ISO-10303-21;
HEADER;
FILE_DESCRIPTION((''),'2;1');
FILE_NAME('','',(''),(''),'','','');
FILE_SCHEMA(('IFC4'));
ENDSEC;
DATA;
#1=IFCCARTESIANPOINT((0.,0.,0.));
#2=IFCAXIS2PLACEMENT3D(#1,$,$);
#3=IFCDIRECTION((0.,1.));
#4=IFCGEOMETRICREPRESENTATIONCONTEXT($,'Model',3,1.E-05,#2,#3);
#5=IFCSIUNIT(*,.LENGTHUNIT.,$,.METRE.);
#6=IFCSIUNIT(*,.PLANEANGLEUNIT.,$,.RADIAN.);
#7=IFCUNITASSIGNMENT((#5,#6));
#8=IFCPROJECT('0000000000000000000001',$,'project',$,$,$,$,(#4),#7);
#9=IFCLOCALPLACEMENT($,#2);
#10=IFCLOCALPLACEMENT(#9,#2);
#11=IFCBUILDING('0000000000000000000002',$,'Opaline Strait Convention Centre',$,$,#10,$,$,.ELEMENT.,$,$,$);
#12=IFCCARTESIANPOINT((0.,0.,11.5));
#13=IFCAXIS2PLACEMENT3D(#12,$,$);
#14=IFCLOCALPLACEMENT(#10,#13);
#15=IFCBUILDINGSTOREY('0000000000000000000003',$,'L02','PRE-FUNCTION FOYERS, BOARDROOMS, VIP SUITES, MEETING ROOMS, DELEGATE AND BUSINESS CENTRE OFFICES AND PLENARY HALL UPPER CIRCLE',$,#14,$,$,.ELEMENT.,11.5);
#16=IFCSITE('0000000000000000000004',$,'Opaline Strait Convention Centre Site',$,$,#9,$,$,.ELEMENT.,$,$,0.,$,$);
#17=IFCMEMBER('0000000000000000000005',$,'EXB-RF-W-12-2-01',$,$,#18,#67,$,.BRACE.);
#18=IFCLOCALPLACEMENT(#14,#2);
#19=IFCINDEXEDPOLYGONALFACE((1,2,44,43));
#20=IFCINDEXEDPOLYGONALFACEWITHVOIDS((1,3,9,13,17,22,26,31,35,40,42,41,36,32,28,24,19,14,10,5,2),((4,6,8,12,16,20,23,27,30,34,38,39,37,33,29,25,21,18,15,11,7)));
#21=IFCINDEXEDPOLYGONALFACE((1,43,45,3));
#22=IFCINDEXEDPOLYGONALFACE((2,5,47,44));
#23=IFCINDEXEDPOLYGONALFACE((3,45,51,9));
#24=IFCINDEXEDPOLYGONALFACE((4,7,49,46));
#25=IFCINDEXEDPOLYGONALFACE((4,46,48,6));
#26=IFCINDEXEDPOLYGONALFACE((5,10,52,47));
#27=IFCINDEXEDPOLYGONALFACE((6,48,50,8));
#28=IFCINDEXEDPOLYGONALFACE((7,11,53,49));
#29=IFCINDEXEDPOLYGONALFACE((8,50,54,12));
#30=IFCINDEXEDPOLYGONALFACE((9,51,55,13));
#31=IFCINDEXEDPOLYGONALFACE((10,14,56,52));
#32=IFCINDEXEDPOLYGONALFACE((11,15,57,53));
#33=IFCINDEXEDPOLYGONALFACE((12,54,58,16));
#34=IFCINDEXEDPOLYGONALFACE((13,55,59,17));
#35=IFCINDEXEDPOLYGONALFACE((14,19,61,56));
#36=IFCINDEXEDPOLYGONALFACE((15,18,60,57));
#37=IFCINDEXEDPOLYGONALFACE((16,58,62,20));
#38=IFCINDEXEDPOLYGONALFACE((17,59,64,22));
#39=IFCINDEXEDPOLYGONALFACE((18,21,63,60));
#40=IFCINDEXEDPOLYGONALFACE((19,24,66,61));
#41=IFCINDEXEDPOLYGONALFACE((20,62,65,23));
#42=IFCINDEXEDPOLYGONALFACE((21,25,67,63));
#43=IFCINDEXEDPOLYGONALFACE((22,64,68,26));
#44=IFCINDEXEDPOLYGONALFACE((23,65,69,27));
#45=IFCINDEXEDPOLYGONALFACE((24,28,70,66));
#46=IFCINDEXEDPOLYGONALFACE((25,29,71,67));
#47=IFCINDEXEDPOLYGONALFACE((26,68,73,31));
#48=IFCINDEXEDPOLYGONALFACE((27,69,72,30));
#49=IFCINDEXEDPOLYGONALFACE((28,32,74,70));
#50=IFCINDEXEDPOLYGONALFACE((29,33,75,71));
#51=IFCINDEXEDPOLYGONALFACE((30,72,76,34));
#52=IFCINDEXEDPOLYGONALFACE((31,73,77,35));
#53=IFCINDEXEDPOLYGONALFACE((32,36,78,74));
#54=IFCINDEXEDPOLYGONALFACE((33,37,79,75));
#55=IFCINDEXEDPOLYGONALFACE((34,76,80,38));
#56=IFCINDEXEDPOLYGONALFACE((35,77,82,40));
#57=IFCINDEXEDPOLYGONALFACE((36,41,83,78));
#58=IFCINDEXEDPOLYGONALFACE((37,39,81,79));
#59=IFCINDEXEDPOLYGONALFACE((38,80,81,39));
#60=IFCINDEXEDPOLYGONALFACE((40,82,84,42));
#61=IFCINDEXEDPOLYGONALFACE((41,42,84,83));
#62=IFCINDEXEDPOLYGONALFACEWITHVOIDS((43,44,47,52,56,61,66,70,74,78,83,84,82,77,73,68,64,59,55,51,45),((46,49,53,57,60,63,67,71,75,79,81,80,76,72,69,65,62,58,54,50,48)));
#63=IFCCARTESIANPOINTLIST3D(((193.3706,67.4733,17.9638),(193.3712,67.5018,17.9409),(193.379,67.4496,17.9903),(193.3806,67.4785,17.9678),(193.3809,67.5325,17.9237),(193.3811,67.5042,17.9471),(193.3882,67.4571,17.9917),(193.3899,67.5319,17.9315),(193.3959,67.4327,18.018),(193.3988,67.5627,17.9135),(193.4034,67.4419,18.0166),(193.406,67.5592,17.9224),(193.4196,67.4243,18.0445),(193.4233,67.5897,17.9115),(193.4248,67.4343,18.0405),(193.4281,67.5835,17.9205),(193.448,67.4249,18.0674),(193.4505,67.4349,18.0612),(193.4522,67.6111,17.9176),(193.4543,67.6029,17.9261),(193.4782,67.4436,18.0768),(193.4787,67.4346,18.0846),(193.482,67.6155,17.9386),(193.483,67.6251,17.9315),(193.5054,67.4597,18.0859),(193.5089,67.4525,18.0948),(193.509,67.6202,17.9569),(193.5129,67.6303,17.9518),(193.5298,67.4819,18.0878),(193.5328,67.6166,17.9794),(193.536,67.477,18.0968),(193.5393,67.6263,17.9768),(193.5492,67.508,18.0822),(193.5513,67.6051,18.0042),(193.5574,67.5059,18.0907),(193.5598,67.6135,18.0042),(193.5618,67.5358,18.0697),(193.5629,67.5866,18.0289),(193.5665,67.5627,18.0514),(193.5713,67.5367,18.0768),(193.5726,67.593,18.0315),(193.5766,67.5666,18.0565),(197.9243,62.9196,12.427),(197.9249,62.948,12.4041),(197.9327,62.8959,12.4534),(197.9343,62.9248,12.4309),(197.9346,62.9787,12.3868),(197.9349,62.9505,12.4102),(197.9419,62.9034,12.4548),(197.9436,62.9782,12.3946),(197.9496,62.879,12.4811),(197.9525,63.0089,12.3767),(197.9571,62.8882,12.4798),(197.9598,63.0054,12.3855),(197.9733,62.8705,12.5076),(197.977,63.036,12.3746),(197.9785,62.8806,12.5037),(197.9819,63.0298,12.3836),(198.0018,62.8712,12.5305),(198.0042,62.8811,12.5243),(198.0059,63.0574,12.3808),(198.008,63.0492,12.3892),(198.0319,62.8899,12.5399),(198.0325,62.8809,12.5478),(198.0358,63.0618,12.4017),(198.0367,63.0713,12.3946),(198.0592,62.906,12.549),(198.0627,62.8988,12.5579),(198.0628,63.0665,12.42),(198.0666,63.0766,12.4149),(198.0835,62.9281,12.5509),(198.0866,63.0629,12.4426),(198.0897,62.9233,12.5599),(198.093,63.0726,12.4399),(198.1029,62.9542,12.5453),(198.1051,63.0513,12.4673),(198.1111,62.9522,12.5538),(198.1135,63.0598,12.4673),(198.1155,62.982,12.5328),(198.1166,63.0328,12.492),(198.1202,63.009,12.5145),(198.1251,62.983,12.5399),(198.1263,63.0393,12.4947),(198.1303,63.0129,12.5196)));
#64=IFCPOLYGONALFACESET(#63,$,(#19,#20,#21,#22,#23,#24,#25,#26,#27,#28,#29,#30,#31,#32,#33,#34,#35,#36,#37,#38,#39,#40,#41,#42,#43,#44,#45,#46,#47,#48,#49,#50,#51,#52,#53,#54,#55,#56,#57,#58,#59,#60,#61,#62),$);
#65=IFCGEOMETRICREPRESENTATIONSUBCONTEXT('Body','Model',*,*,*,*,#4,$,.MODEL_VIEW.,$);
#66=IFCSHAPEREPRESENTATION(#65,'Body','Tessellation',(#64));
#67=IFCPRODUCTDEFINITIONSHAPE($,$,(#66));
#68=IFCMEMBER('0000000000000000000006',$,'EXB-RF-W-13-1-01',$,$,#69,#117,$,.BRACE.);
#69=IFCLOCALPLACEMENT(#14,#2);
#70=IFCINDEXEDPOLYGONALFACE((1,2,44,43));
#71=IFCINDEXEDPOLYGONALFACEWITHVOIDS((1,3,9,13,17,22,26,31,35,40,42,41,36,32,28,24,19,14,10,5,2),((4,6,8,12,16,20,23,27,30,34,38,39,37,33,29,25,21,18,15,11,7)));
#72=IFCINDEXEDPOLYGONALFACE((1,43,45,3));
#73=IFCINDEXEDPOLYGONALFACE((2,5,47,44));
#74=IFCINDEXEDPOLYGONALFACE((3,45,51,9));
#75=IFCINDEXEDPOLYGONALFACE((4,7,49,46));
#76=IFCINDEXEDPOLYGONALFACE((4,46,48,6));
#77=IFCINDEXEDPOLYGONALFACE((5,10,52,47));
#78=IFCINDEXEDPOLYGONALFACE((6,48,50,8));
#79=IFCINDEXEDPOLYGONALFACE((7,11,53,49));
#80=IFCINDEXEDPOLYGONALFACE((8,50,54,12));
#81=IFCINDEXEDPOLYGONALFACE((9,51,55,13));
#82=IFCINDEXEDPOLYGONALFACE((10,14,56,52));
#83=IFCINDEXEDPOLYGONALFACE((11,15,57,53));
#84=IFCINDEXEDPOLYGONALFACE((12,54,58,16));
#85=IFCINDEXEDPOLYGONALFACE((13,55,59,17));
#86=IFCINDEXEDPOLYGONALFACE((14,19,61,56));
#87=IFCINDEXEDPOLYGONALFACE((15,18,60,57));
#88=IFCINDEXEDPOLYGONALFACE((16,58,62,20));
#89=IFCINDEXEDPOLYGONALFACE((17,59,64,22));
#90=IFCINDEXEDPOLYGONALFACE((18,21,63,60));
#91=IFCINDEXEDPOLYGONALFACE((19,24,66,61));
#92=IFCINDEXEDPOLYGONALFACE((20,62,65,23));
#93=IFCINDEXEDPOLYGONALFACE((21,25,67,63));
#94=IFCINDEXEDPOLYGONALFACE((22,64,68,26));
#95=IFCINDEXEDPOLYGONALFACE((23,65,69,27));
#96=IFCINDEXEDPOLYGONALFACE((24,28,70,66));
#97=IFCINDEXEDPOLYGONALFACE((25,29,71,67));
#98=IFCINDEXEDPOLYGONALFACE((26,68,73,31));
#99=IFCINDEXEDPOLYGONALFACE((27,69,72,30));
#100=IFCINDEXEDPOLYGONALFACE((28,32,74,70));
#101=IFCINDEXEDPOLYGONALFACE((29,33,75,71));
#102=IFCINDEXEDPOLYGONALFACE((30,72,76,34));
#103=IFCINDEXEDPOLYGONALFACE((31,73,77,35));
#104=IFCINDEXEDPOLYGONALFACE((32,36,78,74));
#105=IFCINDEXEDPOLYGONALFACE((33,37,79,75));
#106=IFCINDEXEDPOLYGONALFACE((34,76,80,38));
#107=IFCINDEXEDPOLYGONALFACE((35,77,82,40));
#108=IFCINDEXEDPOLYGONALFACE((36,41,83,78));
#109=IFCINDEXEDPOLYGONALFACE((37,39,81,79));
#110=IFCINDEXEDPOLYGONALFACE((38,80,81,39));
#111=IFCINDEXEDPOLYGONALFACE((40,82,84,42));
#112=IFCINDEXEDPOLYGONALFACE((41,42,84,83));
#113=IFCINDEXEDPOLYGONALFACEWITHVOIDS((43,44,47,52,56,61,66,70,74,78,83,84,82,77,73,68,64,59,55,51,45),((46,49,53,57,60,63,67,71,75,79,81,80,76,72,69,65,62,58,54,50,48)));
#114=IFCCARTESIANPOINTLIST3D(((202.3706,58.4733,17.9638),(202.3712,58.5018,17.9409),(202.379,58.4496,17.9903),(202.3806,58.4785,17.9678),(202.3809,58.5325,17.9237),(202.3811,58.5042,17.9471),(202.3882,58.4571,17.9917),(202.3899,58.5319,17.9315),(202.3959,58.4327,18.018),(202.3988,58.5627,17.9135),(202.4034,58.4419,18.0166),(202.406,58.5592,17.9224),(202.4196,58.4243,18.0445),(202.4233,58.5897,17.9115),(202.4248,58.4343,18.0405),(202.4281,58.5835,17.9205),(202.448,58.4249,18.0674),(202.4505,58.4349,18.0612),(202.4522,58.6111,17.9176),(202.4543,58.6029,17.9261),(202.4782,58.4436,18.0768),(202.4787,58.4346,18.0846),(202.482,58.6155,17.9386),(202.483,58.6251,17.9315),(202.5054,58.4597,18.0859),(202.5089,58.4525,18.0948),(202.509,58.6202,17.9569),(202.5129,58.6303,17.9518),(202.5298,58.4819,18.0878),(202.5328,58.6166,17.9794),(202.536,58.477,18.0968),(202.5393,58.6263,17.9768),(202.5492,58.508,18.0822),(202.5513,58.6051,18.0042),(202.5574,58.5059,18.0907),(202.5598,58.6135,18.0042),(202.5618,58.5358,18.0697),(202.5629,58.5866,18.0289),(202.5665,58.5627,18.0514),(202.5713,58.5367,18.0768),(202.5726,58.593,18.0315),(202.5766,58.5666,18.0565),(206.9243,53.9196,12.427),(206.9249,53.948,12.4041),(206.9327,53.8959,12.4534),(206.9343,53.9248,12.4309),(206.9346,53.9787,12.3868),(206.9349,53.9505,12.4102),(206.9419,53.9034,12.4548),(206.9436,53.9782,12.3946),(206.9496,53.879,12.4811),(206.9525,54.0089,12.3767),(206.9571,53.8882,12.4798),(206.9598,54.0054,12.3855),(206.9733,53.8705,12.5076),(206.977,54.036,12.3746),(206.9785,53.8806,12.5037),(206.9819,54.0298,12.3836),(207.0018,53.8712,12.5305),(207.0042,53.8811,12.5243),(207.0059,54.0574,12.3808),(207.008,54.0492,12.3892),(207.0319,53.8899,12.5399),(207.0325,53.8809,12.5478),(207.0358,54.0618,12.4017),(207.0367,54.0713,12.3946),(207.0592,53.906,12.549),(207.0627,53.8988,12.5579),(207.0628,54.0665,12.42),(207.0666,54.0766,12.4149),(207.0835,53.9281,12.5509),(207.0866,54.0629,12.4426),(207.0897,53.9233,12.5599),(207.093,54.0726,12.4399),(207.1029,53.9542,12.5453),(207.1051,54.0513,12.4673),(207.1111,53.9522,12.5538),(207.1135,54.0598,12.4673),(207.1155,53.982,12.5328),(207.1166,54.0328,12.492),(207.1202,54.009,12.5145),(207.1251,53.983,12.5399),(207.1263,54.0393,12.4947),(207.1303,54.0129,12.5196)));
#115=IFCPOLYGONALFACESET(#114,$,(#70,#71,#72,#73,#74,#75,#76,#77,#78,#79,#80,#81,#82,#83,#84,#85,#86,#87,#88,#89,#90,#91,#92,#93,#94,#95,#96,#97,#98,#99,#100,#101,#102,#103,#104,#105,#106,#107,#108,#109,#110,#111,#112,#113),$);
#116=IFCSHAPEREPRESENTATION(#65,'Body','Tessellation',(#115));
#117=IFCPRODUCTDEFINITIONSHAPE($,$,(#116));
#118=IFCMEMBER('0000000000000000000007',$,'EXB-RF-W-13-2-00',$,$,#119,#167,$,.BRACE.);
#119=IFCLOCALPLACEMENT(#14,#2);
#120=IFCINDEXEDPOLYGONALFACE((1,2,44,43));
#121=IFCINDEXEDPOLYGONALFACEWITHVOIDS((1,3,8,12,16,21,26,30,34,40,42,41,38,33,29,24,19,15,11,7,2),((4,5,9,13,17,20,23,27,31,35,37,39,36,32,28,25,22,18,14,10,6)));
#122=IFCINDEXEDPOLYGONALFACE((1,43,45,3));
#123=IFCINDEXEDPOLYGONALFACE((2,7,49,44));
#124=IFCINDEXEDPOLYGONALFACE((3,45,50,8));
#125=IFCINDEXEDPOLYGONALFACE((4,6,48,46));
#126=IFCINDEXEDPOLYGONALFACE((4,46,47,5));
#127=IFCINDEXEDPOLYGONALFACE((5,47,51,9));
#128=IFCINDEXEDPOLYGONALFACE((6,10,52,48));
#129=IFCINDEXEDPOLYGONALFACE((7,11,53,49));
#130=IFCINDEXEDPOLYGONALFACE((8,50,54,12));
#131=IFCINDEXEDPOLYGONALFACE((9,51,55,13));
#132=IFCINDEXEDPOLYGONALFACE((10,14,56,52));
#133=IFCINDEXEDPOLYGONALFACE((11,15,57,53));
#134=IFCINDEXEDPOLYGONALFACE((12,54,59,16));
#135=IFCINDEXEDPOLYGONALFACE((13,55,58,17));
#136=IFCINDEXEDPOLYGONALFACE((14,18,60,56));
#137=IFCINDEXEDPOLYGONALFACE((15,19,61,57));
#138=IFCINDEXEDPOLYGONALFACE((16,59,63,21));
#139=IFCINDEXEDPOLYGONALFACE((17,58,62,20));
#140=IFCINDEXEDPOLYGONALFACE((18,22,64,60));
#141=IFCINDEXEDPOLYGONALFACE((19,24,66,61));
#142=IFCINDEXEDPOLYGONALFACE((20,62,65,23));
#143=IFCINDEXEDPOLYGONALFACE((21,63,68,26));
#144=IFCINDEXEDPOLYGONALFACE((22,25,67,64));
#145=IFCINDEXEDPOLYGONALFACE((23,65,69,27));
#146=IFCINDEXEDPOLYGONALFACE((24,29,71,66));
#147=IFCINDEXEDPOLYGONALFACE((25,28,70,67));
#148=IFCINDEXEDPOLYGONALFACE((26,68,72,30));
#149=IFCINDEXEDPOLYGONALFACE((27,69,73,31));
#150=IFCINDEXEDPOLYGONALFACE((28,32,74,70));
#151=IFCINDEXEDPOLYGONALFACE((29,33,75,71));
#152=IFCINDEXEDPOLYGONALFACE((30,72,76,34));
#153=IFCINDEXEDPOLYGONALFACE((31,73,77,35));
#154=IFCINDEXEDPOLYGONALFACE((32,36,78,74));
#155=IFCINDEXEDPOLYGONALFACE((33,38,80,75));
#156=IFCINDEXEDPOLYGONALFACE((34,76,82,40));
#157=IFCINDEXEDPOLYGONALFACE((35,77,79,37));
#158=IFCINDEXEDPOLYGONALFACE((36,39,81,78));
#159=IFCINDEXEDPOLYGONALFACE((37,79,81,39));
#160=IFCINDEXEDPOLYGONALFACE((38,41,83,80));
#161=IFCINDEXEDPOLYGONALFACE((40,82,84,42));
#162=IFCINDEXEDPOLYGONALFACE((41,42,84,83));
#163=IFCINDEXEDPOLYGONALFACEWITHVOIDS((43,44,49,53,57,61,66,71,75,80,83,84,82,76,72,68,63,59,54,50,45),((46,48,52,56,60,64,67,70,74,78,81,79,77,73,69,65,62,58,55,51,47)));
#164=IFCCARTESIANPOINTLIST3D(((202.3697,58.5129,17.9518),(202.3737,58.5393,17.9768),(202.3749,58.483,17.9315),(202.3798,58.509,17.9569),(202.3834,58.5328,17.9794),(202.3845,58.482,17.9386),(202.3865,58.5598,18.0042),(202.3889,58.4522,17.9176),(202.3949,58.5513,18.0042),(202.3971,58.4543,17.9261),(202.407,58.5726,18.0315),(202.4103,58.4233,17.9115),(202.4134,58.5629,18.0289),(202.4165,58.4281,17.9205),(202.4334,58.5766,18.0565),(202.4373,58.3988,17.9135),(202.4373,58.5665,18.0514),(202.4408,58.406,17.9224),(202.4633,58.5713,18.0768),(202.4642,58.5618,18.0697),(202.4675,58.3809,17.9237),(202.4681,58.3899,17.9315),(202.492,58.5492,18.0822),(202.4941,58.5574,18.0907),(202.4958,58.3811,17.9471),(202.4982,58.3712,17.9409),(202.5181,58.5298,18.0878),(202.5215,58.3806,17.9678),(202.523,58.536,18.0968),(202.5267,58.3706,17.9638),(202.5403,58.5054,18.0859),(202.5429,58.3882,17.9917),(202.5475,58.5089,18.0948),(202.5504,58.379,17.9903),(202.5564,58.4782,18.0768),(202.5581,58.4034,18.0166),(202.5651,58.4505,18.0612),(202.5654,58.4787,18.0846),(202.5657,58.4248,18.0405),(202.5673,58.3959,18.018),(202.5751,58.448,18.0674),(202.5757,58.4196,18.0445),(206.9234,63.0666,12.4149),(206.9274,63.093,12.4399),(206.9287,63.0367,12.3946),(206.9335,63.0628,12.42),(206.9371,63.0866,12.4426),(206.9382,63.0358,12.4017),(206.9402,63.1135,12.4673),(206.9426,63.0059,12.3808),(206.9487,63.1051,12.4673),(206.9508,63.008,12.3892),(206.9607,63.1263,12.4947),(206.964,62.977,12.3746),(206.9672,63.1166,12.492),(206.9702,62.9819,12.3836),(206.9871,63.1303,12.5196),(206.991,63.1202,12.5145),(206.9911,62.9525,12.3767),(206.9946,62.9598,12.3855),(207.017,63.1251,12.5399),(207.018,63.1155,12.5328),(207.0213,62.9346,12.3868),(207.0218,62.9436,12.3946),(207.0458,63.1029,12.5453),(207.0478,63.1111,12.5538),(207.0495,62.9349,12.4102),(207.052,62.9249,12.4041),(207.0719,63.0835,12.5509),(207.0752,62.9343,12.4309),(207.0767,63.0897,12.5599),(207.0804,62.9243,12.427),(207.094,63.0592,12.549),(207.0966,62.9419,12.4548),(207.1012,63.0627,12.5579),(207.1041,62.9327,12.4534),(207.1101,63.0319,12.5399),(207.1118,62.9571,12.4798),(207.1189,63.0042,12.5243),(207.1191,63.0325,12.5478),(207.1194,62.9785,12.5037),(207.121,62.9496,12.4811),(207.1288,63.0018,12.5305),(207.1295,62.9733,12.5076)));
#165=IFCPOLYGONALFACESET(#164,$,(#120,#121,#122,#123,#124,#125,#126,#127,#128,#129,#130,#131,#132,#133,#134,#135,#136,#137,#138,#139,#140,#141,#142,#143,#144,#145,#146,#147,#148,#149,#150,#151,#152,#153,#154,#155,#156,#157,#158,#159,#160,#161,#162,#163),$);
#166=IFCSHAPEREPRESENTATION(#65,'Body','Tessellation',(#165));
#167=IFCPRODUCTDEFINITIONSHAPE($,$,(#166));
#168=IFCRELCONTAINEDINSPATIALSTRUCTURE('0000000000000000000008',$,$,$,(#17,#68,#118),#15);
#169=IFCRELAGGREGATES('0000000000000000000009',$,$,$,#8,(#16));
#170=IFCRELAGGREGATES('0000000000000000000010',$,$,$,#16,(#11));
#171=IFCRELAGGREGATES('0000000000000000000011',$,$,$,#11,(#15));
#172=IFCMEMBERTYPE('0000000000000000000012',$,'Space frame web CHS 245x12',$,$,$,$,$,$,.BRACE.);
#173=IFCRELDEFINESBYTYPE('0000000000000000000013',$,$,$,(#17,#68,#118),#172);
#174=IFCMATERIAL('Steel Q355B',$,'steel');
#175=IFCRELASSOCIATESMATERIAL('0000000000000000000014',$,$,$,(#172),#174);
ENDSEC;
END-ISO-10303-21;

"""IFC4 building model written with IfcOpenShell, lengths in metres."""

from ifc_helpers import new_model, si_unit, direction, frame, origin, origin_2d, place, context, subcontext, project, spatial, hollow_circle, extrude, material, material_profile, profile_set, type_object, element, save


model = new_model("IFC4")

# Units and contexts
model_context = context("Model", 3, precision=1e-05, world=origin(), true_north=direction((0.0, 1.0)))
body_context = subcontext(model_context, "Body", "Model", "MODEL_VIEW")
ifc_project = project(units=[si_unit("LENGTHUNIT", "METRE"), si_unit("PLANEANGLEUNIT", "RADIAN")], contexts=[model_context])

# Site, building, storey
site_placement = place(None, origin())
site = spatial("IfcSite", under=ifc_project, at=site_placement, Name="Opaline Strait Convention Centre Site", CompositionType="ELEMENT", RefElevation=0.0)
building_placement = place(site_placement, origin())
building = spatial("IfcBuilding", under=site, at=building_placement, Name="Opaline Strait Convention Centre", CompositionType="ELEMENT")
storey_placement = place(building_placement, frame((0.0, 0.0, 11.5)))
storey = spatial("IfcBuildingStorey", under=building, at=storey_placement, Name="L02", Description="PRE-FUNCTION FOYERS, BOARDROOMS, VIP SUITES, MEETING ROOMS, DELEGATE AND BUSINESS CENTRE OFFICES AND PLENARY HALL UPPER CIRCLE", CompositionType="ELEMENT", Elevation=11.5)

# Members
ifc_material = material(Name="Steel Q355B", Category="steel")
ifc_material_profile_1 = material_profile(ifc_material, hollow_circle(Radius=0.1226, WallThickness=0.012, at=origin_2d()), Name="CHS 245x12")
ifc_profile_set_1 = profile_set([ifc_material_profile_1], Name="Steel Q355B")
member_type_1 = type_object("IfcMemberType", Name="Space frame web CHS 245x12", PredefinedType="BRACE", material=ifc_profile_set_1)
for number, where, z_axis, x_axis, name in (
    (1, (193.4731, 67.5269, 18.0042), (0.536178, -0.536178, -0.65194), (0.707107, 0.707107, 0.0), "EXB-RF-W-12-2-01"),
    (2, (202.4731, 58.5269, 18.0042), (0.536178, -0.536178, -0.65194), (0.707107, 0.707107, 0.0), "EXB-RF-W-13-1-01"),
    (3, (202.4731, 58.4731, 18.0042), (0.536178, 0.536178, -0.65194), (-0.707107, 0.707107, 0.0), "EXB-RF-W-13-2-00"),
):
    element("IfcMember", number, at=place(storey_placement, frame(where, z_axis=z_axis, x_axis=x_axis)), inside=storey, type_object=member_type_1, Name=name, PredefinedType="BRACE", context=body_context, shape_type="SweptSolid", body=[
        extrude(hollow_circle(Radius=0.1226, WallThickness=0.012, at=origin_2d()), origin(), (0.0, 0.0, 1.0), 8.4929),
    ])

save(model, "model.ifc")
